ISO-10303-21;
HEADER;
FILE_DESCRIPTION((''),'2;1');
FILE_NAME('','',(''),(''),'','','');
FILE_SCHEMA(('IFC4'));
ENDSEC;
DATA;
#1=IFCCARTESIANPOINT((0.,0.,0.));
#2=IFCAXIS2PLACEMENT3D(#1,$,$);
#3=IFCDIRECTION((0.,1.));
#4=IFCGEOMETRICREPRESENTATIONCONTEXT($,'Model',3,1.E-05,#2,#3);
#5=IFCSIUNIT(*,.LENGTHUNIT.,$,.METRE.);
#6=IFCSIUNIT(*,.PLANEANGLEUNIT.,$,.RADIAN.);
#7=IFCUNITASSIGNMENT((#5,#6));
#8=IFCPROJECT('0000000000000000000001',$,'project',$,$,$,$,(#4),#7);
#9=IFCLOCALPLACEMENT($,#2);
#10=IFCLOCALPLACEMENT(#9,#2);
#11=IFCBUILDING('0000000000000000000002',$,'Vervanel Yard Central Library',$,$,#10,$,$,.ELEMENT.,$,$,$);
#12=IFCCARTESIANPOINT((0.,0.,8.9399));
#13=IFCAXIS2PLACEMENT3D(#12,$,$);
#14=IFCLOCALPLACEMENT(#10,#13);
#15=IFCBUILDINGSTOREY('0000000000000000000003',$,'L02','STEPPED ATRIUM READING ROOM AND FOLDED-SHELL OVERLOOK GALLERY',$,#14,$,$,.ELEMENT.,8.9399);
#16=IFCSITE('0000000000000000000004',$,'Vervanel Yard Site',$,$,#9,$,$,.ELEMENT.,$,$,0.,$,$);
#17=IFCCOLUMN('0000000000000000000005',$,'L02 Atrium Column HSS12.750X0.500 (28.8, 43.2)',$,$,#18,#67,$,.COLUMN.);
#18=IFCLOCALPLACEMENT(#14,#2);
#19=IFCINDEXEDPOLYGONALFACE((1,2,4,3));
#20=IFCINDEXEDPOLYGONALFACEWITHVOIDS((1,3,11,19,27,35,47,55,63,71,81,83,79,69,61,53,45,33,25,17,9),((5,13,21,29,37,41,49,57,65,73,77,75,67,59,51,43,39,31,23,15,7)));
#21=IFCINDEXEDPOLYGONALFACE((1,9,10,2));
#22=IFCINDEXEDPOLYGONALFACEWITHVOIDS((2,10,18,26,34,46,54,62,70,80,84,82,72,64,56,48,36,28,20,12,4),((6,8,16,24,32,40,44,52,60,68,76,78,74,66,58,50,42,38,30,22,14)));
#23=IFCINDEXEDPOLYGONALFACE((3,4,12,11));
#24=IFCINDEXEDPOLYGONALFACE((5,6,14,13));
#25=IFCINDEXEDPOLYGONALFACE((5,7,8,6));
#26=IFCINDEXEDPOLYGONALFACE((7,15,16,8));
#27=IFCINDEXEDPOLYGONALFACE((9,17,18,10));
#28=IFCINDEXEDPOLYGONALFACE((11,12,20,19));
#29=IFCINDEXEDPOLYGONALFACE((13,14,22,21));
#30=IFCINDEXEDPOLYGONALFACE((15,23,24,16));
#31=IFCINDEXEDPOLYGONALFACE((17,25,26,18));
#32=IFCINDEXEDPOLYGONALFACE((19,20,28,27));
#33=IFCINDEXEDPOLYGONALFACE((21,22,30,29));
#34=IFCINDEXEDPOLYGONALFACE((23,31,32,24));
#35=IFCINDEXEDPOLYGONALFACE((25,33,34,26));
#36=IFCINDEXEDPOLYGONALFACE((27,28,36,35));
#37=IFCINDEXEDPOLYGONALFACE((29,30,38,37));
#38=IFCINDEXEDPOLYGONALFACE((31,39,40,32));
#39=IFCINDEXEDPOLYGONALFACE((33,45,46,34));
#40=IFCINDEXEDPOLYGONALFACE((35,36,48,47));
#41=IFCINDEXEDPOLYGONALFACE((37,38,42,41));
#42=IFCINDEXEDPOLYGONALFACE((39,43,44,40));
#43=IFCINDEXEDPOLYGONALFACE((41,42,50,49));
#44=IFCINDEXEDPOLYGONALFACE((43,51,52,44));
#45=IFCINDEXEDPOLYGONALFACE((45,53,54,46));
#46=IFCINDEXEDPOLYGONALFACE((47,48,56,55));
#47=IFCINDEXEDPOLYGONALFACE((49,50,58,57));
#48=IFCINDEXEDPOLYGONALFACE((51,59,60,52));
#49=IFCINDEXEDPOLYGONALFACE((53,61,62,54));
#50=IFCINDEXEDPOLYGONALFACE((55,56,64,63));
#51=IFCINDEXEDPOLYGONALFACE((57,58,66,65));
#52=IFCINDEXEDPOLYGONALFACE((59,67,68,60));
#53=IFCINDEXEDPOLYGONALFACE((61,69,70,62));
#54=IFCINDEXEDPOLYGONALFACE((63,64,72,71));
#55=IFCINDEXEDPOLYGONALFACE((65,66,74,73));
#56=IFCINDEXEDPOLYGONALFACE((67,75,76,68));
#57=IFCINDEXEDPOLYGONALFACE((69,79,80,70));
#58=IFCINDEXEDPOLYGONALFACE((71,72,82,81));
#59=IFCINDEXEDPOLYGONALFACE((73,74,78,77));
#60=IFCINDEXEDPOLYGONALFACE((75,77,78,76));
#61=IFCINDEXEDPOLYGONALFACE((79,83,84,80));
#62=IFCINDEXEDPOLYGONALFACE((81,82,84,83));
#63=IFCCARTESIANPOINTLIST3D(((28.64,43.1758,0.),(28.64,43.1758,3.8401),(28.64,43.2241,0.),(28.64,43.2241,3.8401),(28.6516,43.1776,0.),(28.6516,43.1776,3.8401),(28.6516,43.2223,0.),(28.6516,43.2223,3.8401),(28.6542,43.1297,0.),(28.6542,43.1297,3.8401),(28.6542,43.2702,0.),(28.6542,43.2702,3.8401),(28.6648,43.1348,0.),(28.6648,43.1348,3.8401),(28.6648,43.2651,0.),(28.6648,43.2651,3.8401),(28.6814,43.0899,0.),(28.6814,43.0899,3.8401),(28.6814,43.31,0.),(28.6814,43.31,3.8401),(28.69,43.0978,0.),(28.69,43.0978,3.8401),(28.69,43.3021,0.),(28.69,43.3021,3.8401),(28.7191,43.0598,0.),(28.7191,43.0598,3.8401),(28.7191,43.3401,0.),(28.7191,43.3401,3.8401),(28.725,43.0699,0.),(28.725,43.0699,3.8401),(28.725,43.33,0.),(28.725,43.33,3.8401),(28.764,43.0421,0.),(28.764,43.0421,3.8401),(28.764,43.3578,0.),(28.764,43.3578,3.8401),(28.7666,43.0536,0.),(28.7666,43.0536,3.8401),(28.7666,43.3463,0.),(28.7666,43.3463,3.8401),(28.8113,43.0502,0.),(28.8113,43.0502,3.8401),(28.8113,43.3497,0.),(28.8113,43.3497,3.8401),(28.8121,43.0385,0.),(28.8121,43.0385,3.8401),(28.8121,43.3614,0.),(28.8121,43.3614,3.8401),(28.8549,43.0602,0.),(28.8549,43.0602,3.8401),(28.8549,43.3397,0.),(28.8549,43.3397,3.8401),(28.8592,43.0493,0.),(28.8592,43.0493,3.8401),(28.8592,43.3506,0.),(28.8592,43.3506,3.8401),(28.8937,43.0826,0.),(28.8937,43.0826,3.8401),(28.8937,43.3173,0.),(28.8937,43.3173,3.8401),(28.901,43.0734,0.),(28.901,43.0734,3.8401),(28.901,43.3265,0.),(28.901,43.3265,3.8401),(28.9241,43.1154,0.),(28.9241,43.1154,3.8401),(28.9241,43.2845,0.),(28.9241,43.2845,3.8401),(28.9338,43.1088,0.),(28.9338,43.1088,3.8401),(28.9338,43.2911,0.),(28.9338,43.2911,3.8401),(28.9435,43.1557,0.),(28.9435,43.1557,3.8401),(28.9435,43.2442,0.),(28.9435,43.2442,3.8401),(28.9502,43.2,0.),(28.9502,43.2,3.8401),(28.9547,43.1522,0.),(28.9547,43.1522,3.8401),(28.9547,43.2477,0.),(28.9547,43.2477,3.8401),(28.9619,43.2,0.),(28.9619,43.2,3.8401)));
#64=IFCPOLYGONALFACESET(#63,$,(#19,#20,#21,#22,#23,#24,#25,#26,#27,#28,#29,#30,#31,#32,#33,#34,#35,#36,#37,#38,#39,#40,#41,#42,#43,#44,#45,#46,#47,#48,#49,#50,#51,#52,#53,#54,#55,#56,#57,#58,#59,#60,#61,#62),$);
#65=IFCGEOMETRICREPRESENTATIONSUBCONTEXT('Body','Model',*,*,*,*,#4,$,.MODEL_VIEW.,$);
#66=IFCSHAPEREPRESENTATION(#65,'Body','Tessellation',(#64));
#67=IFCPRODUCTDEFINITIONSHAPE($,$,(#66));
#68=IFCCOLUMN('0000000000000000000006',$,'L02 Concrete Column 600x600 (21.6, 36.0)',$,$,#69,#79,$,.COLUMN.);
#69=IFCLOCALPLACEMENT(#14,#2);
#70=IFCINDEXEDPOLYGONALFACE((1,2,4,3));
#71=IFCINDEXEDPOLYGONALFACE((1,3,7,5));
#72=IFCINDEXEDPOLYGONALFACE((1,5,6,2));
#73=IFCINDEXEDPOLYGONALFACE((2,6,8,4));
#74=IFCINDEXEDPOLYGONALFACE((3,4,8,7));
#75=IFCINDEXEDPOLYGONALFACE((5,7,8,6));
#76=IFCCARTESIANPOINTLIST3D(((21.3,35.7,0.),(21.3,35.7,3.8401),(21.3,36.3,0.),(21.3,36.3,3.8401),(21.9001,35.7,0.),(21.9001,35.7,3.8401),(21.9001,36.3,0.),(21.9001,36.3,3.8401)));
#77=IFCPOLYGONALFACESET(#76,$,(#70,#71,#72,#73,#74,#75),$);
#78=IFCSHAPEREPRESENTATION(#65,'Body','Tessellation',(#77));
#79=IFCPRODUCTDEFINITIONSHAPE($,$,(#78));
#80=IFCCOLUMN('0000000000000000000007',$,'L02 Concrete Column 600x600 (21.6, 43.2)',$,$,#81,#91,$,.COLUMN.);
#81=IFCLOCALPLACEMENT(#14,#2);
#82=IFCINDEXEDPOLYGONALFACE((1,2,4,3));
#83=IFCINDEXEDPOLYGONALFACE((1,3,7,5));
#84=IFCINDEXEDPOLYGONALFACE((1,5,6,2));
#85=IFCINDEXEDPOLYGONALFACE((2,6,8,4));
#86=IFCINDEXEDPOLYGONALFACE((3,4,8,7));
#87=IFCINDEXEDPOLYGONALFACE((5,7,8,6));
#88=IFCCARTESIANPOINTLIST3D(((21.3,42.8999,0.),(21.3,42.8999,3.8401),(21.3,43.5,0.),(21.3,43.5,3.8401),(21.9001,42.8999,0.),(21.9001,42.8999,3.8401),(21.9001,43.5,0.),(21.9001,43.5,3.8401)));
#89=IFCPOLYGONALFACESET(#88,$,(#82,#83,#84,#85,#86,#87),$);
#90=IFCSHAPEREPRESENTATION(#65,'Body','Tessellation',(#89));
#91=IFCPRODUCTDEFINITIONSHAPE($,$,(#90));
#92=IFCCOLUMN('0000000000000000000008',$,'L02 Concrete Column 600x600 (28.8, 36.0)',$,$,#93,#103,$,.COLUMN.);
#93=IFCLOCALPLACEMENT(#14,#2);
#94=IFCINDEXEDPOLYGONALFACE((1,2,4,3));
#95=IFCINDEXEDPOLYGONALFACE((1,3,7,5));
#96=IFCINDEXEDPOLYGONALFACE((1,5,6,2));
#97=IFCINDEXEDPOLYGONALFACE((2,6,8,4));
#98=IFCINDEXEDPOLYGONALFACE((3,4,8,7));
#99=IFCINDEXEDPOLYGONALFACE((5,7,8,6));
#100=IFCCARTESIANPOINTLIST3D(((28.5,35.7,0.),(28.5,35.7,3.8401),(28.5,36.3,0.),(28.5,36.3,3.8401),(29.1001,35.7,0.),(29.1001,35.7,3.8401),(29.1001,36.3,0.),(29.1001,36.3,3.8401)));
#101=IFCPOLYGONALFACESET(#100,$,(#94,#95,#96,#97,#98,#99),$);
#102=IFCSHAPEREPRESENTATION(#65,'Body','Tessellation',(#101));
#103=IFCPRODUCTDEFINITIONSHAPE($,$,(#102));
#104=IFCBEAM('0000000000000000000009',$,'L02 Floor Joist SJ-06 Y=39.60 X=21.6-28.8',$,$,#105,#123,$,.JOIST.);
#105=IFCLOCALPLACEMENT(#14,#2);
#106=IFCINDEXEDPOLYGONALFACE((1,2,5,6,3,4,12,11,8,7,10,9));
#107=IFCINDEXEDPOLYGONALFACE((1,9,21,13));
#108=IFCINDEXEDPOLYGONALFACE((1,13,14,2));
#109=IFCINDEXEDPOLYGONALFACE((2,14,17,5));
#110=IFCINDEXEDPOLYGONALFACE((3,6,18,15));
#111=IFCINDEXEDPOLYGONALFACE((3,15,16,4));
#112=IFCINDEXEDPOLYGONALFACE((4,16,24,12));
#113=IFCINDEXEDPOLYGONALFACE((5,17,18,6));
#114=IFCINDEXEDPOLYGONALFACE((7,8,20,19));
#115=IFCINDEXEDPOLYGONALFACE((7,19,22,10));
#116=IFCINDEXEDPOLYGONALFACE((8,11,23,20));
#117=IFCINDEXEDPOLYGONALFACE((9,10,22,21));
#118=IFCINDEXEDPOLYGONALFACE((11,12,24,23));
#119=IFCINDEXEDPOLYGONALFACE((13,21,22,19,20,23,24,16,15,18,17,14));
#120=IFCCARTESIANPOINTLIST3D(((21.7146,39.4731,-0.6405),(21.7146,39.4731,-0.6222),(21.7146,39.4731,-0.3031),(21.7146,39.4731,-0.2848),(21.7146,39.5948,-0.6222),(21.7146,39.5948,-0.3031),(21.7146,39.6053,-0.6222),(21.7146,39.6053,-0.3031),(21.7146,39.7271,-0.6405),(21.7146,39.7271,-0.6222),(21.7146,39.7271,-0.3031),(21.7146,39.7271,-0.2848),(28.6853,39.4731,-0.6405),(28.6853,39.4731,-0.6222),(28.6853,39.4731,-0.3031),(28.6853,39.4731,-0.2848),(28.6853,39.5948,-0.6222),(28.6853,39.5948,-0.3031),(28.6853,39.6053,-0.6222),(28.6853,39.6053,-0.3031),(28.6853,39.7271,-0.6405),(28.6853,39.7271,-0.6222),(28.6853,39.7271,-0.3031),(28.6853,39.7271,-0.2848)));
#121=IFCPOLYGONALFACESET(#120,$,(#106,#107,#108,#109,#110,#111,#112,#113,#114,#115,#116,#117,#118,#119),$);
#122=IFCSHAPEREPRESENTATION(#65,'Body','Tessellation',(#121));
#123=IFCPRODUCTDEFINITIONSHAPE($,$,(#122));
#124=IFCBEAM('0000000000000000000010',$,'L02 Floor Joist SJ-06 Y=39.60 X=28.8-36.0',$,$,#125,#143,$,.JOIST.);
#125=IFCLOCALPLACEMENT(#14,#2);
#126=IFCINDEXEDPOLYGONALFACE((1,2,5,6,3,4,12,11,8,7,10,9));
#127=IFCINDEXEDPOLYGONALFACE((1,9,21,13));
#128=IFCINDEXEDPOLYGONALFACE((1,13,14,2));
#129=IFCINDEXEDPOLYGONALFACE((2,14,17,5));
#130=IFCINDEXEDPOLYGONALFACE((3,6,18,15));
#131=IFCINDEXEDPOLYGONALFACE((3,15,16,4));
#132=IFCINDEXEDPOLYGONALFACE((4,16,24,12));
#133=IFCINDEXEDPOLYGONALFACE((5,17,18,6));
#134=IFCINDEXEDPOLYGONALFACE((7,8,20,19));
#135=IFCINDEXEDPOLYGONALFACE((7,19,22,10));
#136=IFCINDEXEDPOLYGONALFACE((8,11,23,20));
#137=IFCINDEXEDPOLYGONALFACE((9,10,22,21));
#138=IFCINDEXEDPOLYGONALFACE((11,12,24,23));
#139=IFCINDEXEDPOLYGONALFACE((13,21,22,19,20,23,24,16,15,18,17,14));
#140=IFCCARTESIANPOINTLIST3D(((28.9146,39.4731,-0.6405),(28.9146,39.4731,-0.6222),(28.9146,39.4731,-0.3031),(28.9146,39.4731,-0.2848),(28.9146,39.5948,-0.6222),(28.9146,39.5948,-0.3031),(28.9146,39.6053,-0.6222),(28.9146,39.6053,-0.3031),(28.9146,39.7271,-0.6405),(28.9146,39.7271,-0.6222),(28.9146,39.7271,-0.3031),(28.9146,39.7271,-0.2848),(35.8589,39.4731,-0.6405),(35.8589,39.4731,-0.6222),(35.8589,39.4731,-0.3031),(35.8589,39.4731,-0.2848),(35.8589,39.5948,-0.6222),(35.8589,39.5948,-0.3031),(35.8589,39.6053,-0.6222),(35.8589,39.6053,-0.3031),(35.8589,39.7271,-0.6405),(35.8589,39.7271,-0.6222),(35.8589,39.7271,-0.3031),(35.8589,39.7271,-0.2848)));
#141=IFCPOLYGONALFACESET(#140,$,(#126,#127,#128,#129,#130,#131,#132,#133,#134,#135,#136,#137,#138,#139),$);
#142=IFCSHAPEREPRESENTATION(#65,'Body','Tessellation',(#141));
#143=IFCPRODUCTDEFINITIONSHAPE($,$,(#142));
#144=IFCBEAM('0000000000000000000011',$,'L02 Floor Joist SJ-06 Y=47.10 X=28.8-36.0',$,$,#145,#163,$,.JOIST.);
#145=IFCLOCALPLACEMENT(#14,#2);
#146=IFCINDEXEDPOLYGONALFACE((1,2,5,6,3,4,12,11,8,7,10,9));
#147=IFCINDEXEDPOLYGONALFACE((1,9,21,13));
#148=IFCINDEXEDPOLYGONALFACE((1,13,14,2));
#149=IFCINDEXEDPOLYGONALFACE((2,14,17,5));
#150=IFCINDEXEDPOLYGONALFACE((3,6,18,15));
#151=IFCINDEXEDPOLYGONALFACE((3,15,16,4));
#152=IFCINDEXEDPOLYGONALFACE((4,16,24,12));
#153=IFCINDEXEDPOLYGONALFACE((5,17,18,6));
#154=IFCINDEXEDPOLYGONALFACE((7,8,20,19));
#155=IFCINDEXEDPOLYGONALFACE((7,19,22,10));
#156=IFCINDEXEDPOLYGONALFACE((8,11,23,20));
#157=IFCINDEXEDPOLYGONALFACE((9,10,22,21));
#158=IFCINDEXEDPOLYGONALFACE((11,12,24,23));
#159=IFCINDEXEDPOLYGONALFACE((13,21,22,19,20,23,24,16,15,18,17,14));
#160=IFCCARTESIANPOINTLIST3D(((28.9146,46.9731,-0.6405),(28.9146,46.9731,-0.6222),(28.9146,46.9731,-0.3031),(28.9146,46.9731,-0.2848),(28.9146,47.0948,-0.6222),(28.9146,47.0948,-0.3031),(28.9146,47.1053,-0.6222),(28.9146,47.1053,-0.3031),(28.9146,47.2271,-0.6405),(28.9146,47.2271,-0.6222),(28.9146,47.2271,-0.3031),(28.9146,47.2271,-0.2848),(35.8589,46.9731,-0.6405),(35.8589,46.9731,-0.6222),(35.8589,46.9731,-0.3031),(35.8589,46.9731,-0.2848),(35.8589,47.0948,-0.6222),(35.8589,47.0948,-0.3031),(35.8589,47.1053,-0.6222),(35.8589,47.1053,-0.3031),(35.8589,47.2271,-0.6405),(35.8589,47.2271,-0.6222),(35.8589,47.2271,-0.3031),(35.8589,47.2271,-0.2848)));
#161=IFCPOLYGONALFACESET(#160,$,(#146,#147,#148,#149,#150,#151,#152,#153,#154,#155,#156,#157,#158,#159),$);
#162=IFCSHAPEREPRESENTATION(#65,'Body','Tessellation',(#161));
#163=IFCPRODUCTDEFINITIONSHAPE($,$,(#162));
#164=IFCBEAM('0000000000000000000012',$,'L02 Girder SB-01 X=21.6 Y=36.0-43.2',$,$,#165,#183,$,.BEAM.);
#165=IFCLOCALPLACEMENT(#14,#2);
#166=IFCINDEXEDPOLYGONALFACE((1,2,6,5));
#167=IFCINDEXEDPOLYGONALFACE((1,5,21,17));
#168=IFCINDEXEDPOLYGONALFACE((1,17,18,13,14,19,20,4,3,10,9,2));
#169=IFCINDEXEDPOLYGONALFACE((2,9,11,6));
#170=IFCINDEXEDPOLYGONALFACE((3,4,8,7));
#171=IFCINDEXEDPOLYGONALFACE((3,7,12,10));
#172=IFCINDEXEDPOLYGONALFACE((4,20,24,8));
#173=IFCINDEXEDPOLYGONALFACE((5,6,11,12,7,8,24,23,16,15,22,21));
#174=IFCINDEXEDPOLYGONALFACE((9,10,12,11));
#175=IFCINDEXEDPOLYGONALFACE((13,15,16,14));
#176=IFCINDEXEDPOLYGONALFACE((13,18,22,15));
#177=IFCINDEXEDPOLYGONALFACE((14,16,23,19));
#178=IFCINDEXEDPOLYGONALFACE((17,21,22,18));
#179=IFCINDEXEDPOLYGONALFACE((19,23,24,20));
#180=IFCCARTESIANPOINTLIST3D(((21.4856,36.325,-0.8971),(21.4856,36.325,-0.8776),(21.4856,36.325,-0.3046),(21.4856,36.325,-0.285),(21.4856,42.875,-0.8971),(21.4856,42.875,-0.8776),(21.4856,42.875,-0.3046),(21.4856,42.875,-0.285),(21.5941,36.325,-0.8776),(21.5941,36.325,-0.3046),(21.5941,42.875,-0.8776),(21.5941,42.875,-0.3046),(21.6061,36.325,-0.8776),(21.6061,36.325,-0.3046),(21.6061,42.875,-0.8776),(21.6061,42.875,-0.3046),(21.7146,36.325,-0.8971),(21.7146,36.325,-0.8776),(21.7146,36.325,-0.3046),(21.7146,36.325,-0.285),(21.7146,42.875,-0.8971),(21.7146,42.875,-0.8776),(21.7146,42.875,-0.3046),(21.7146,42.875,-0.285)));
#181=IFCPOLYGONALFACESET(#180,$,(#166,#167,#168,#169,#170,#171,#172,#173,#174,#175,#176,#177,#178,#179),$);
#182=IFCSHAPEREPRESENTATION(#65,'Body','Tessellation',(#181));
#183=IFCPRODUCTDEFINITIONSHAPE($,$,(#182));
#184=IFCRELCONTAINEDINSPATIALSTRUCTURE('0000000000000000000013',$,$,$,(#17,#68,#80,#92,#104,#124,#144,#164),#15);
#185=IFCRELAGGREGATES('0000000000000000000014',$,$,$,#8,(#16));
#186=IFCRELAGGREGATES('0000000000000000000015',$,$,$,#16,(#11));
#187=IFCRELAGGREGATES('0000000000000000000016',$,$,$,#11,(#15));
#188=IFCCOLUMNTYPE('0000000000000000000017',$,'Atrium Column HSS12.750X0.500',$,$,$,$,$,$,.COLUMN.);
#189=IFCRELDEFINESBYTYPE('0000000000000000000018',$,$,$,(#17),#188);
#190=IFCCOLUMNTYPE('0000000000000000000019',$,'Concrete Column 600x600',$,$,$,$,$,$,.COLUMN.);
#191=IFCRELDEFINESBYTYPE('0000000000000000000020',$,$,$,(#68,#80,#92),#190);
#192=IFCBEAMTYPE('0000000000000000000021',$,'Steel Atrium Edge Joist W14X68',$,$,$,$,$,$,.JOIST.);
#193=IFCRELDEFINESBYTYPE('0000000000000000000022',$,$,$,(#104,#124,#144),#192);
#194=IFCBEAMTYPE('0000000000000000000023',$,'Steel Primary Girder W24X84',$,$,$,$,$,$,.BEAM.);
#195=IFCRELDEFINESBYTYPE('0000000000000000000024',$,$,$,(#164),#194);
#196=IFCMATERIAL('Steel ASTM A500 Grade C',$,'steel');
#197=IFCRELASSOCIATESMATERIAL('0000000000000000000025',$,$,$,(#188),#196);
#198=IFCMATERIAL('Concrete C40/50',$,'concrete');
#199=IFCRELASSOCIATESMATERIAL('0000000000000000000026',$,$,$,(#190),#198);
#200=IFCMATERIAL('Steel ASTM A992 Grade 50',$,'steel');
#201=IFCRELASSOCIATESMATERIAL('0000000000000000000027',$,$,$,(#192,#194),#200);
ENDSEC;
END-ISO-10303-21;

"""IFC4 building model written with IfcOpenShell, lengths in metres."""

from ifc_helpers import new_model, si_unit, direction, frame, origin, origin_2d, place, context, subcontext, project, spatial, rectangle, hollow_circle, i_section, extrude, material, material_profile, profile_set, type_object, element, save


model = new_model("IFC4")

# Units and contexts
model_context = context("Model", 3, precision=1e-05, world=origin(), true_north=direction((0.0, 1.0)))
body_context = subcontext(model_context, "Body", "Model", "MODEL_VIEW")
ifc_project = project(units=[si_unit("LENGTHUNIT", "METRE"), si_unit("PLANEANGLEUNIT", "RADIAN")], contexts=[model_context])

# Site, building, storey
site_placement = place(None, origin())
site = spatial("IfcSite", under=ifc_project, at=site_placement, Name="Vervanel Yard Site", CompositionType="ELEMENT", RefElevation=0.0)
building_placement = place(site_placement, origin())
building = spatial("IfcBuilding", under=site, at=building_placement, Name="Vervanel Yard Central Library", CompositionType="ELEMENT")
storey_placement = place(building_placement, frame((0.0, 0.0, 8.9399)))
storey = spatial("IfcBuildingStorey", under=building, at=storey_placement, Name="L02", Description="STEPPED ATRIUM READING ROOM AND FOLDED-SHELL OVERLOOK GALLERY", CompositionType="ELEMENT", Elevation=8.9399)

# Columns
ifc_material_1 = material(Name="Steel ASTM A500 Grade C", Category="steel")
ifc_material_profile_1 = material_profile(ifc_material_1, hollow_circle(Radius=0.1619, WallThickness=0.0117, at=origin_2d()), Name="HSS12.750X0.500", Category="steel")
ifc_profile_set_1 = profile_set([ifc_material_profile_1], Name="Steel ASTM A500 Grade C")
column_type_1 = type_object("IfcColumnType", Name="Atrium Column HSS12.750X0.500", PredefinedType="COLUMN", material=ifc_profile_set_1)
column_placement = place(storey_placement, frame((28.8, 43.2, 0.0), z_axis=(0.0, 0.0, 1.0), x_axis=(1.0, 0.0, 0.0)))
element("IfcColumn", 1, at=column_placement, inside=storey, type_object=column_type_1, Name="L02 Atrium Column HSS12.750X0.500 (28.8, 43.2)", PredefinedType="COLUMN", context=body_context, shape_type="SweptSolid", body=[
    extrude(hollow_circle(Radius=0.1619, WallThickness=0.0117, at=origin_2d()), origin(), (0.0, 0.0, 1.0), 3.8401),
])
ifc_material_2 = material(Name="Concrete C40/50", Category="concrete")
ifc_material_profile_2 = material_profile(ifc_material_2, rectangle(XDim=0.6001, YDim=0.6001, at=origin_2d()), Name="RC 600x600", Category="concrete")
ifc_profile_set_2 = profile_set([ifc_material_profile_2], Name="Concrete C40/50")
column_type_2 = type_object("IfcColumnType", Name="Concrete Column 600x600", PredefinedType="COLUMN", material=ifc_profile_set_2)
for number, where, z_axis, x_axis, name in (
    (2, (21.6001, 36.0, 0.0), (0.0, 0.0, 1.0), (1.0, 0.0, 0.0), "L02 Concrete Column 600x600 (21.6, 36.0)"),
    (3, (21.6001, 43.2, 0.0), (0.0, 0.0, 1.0), (1.0, 0.0, 0.0), "L02 Concrete Column 600x600 (21.6, 43.2)"),
    (4, (28.8, 36.0, 0.0), (0.0, 0.0, 1.0), (1.0, 0.0, 0.0), "L02 Concrete Column 600x600 (28.8, 36.0)"),
):
    element("IfcColumn", number, at=place(storey_placement, frame(where, z_axis=z_axis, x_axis=x_axis)), inside=storey, type_object=column_type_2, Name=name, PredefinedType="COLUMN", context=body_context, shape_type="SweptSolid", body=[
        extrude(rectangle(XDim=0.6001, YDim=0.6001, at=origin_2d()), origin(), (0.0, 0.0, 1.0), 3.8401),
    ])

# Beams
ifc_material_3 = material(Name="Steel ASTM A992 Grade 50", Category="steel")
ifc_material_profile_3 = material_profile(ifc_material_3, i_section(OverallWidth=0.2539, OverallDepth=0.3557, WebThickness=0.0105, FlangeThickness=0.0183, at=origin_2d()), Name="W14X68", Category="steel")
ifc_profile_set_3 = profile_set([ifc_material_profile_3], Name="Steel ASTM A992 Grade 50")
beam_type_1 = type_object("IfcBeamType", Name="Steel Atrium Edge Joist W14X68", PredefinedType="JOIST", material=ifc_profile_set_3)
beam_1_placement = place(storey_placement, frame((21.7146, 39.6001, -0.4626), z_axis=(1.0, 0.0, 0.0), x_axis=(0.0, 1.0, 0.0)))
element("IfcBeam", 5, at=beam_1_placement, inside=storey, type_object=beam_type_1, Name="L02 Floor Joist SJ-06 Y=39.60 X=21.6-28.8", PredefinedType="JOIST", context=body_context, shape_type="SweptSolid", body=[
    extrude(i_section(OverallWidth=0.2539, OverallDepth=0.3557, WebThickness=0.0105, FlangeThickness=0.0183, at=origin_2d()), origin(), (0.0, 0.0, 1.0), 6.9707),
])
for number, where, z_axis, x_axis, name in (
    (6, (28.9146, 39.6001, -0.4626), (1.0, 0.0, 0.0), (0.0, 1.0, 0.0), "L02 Floor Joist SJ-06 Y=39.60 X=28.8-36.0"),
    (7, (28.9146, 47.1001, -0.4626), (1.0, 0.0, 0.0), (0.0, 1.0, 0.0), "L02 Floor Joist SJ-06 Y=47.10 X=28.8-36.0"),
):
    element("IfcBeam", number, at=place(storey_placement, frame(where, z_axis=z_axis, x_axis=x_axis)), inside=storey, type_object=beam_type_1, Name=name, PredefinedType="JOIST", context=body_context, shape_type="SweptSolid", body=[
        extrude(i_section(OverallWidth=0.2539, OverallDepth=0.3557, WebThickness=0.0105, FlangeThickness=0.0183, at=origin_2d()), origin(), (0.0, 0.0, 1.0), 6.9443),
    ])
ifc_material_profile_4 = material_profile(ifc_material_3, i_section(OverallWidth=0.229, OverallDepth=0.6121, WebThickness=0.012, FlangeThickness=0.0195, at=origin_2d()), Name="W24X84", Category="steel")
ifc_profile_set_4 = profile_set([ifc_material_profile_4], Name="Steel ASTM A992 Grade 50")
beam_type_2 = type_object("IfcBeamType", Name="Steel Primary Girder W24X84", PredefinedType="BEAM", material=ifc_profile_set_4)
beam_2_placement = place(storey_placement, frame((21.6001, 36.325, -0.5911), z_axis=(0.0, 1.0, 0.0), x_axis=(-1.0, 0.0, 0.0)))
element("IfcBeam", 8, at=beam_2_placement, inside=storey, type_object=beam_type_2, Name="L02 Girder SB-01 X=21.6 Y=36.0-43.2", PredefinedType="BEAM", context=body_context, shape_type="SweptSolid", body=[
    extrude(i_section(OverallWidth=0.229, OverallDepth=0.6121, WebThickness=0.012, FlangeThickness=0.0195, at=origin_2d()), origin(), (0.0, 0.0, 1.0), 6.55),
])

save(model, "model.ifc")
